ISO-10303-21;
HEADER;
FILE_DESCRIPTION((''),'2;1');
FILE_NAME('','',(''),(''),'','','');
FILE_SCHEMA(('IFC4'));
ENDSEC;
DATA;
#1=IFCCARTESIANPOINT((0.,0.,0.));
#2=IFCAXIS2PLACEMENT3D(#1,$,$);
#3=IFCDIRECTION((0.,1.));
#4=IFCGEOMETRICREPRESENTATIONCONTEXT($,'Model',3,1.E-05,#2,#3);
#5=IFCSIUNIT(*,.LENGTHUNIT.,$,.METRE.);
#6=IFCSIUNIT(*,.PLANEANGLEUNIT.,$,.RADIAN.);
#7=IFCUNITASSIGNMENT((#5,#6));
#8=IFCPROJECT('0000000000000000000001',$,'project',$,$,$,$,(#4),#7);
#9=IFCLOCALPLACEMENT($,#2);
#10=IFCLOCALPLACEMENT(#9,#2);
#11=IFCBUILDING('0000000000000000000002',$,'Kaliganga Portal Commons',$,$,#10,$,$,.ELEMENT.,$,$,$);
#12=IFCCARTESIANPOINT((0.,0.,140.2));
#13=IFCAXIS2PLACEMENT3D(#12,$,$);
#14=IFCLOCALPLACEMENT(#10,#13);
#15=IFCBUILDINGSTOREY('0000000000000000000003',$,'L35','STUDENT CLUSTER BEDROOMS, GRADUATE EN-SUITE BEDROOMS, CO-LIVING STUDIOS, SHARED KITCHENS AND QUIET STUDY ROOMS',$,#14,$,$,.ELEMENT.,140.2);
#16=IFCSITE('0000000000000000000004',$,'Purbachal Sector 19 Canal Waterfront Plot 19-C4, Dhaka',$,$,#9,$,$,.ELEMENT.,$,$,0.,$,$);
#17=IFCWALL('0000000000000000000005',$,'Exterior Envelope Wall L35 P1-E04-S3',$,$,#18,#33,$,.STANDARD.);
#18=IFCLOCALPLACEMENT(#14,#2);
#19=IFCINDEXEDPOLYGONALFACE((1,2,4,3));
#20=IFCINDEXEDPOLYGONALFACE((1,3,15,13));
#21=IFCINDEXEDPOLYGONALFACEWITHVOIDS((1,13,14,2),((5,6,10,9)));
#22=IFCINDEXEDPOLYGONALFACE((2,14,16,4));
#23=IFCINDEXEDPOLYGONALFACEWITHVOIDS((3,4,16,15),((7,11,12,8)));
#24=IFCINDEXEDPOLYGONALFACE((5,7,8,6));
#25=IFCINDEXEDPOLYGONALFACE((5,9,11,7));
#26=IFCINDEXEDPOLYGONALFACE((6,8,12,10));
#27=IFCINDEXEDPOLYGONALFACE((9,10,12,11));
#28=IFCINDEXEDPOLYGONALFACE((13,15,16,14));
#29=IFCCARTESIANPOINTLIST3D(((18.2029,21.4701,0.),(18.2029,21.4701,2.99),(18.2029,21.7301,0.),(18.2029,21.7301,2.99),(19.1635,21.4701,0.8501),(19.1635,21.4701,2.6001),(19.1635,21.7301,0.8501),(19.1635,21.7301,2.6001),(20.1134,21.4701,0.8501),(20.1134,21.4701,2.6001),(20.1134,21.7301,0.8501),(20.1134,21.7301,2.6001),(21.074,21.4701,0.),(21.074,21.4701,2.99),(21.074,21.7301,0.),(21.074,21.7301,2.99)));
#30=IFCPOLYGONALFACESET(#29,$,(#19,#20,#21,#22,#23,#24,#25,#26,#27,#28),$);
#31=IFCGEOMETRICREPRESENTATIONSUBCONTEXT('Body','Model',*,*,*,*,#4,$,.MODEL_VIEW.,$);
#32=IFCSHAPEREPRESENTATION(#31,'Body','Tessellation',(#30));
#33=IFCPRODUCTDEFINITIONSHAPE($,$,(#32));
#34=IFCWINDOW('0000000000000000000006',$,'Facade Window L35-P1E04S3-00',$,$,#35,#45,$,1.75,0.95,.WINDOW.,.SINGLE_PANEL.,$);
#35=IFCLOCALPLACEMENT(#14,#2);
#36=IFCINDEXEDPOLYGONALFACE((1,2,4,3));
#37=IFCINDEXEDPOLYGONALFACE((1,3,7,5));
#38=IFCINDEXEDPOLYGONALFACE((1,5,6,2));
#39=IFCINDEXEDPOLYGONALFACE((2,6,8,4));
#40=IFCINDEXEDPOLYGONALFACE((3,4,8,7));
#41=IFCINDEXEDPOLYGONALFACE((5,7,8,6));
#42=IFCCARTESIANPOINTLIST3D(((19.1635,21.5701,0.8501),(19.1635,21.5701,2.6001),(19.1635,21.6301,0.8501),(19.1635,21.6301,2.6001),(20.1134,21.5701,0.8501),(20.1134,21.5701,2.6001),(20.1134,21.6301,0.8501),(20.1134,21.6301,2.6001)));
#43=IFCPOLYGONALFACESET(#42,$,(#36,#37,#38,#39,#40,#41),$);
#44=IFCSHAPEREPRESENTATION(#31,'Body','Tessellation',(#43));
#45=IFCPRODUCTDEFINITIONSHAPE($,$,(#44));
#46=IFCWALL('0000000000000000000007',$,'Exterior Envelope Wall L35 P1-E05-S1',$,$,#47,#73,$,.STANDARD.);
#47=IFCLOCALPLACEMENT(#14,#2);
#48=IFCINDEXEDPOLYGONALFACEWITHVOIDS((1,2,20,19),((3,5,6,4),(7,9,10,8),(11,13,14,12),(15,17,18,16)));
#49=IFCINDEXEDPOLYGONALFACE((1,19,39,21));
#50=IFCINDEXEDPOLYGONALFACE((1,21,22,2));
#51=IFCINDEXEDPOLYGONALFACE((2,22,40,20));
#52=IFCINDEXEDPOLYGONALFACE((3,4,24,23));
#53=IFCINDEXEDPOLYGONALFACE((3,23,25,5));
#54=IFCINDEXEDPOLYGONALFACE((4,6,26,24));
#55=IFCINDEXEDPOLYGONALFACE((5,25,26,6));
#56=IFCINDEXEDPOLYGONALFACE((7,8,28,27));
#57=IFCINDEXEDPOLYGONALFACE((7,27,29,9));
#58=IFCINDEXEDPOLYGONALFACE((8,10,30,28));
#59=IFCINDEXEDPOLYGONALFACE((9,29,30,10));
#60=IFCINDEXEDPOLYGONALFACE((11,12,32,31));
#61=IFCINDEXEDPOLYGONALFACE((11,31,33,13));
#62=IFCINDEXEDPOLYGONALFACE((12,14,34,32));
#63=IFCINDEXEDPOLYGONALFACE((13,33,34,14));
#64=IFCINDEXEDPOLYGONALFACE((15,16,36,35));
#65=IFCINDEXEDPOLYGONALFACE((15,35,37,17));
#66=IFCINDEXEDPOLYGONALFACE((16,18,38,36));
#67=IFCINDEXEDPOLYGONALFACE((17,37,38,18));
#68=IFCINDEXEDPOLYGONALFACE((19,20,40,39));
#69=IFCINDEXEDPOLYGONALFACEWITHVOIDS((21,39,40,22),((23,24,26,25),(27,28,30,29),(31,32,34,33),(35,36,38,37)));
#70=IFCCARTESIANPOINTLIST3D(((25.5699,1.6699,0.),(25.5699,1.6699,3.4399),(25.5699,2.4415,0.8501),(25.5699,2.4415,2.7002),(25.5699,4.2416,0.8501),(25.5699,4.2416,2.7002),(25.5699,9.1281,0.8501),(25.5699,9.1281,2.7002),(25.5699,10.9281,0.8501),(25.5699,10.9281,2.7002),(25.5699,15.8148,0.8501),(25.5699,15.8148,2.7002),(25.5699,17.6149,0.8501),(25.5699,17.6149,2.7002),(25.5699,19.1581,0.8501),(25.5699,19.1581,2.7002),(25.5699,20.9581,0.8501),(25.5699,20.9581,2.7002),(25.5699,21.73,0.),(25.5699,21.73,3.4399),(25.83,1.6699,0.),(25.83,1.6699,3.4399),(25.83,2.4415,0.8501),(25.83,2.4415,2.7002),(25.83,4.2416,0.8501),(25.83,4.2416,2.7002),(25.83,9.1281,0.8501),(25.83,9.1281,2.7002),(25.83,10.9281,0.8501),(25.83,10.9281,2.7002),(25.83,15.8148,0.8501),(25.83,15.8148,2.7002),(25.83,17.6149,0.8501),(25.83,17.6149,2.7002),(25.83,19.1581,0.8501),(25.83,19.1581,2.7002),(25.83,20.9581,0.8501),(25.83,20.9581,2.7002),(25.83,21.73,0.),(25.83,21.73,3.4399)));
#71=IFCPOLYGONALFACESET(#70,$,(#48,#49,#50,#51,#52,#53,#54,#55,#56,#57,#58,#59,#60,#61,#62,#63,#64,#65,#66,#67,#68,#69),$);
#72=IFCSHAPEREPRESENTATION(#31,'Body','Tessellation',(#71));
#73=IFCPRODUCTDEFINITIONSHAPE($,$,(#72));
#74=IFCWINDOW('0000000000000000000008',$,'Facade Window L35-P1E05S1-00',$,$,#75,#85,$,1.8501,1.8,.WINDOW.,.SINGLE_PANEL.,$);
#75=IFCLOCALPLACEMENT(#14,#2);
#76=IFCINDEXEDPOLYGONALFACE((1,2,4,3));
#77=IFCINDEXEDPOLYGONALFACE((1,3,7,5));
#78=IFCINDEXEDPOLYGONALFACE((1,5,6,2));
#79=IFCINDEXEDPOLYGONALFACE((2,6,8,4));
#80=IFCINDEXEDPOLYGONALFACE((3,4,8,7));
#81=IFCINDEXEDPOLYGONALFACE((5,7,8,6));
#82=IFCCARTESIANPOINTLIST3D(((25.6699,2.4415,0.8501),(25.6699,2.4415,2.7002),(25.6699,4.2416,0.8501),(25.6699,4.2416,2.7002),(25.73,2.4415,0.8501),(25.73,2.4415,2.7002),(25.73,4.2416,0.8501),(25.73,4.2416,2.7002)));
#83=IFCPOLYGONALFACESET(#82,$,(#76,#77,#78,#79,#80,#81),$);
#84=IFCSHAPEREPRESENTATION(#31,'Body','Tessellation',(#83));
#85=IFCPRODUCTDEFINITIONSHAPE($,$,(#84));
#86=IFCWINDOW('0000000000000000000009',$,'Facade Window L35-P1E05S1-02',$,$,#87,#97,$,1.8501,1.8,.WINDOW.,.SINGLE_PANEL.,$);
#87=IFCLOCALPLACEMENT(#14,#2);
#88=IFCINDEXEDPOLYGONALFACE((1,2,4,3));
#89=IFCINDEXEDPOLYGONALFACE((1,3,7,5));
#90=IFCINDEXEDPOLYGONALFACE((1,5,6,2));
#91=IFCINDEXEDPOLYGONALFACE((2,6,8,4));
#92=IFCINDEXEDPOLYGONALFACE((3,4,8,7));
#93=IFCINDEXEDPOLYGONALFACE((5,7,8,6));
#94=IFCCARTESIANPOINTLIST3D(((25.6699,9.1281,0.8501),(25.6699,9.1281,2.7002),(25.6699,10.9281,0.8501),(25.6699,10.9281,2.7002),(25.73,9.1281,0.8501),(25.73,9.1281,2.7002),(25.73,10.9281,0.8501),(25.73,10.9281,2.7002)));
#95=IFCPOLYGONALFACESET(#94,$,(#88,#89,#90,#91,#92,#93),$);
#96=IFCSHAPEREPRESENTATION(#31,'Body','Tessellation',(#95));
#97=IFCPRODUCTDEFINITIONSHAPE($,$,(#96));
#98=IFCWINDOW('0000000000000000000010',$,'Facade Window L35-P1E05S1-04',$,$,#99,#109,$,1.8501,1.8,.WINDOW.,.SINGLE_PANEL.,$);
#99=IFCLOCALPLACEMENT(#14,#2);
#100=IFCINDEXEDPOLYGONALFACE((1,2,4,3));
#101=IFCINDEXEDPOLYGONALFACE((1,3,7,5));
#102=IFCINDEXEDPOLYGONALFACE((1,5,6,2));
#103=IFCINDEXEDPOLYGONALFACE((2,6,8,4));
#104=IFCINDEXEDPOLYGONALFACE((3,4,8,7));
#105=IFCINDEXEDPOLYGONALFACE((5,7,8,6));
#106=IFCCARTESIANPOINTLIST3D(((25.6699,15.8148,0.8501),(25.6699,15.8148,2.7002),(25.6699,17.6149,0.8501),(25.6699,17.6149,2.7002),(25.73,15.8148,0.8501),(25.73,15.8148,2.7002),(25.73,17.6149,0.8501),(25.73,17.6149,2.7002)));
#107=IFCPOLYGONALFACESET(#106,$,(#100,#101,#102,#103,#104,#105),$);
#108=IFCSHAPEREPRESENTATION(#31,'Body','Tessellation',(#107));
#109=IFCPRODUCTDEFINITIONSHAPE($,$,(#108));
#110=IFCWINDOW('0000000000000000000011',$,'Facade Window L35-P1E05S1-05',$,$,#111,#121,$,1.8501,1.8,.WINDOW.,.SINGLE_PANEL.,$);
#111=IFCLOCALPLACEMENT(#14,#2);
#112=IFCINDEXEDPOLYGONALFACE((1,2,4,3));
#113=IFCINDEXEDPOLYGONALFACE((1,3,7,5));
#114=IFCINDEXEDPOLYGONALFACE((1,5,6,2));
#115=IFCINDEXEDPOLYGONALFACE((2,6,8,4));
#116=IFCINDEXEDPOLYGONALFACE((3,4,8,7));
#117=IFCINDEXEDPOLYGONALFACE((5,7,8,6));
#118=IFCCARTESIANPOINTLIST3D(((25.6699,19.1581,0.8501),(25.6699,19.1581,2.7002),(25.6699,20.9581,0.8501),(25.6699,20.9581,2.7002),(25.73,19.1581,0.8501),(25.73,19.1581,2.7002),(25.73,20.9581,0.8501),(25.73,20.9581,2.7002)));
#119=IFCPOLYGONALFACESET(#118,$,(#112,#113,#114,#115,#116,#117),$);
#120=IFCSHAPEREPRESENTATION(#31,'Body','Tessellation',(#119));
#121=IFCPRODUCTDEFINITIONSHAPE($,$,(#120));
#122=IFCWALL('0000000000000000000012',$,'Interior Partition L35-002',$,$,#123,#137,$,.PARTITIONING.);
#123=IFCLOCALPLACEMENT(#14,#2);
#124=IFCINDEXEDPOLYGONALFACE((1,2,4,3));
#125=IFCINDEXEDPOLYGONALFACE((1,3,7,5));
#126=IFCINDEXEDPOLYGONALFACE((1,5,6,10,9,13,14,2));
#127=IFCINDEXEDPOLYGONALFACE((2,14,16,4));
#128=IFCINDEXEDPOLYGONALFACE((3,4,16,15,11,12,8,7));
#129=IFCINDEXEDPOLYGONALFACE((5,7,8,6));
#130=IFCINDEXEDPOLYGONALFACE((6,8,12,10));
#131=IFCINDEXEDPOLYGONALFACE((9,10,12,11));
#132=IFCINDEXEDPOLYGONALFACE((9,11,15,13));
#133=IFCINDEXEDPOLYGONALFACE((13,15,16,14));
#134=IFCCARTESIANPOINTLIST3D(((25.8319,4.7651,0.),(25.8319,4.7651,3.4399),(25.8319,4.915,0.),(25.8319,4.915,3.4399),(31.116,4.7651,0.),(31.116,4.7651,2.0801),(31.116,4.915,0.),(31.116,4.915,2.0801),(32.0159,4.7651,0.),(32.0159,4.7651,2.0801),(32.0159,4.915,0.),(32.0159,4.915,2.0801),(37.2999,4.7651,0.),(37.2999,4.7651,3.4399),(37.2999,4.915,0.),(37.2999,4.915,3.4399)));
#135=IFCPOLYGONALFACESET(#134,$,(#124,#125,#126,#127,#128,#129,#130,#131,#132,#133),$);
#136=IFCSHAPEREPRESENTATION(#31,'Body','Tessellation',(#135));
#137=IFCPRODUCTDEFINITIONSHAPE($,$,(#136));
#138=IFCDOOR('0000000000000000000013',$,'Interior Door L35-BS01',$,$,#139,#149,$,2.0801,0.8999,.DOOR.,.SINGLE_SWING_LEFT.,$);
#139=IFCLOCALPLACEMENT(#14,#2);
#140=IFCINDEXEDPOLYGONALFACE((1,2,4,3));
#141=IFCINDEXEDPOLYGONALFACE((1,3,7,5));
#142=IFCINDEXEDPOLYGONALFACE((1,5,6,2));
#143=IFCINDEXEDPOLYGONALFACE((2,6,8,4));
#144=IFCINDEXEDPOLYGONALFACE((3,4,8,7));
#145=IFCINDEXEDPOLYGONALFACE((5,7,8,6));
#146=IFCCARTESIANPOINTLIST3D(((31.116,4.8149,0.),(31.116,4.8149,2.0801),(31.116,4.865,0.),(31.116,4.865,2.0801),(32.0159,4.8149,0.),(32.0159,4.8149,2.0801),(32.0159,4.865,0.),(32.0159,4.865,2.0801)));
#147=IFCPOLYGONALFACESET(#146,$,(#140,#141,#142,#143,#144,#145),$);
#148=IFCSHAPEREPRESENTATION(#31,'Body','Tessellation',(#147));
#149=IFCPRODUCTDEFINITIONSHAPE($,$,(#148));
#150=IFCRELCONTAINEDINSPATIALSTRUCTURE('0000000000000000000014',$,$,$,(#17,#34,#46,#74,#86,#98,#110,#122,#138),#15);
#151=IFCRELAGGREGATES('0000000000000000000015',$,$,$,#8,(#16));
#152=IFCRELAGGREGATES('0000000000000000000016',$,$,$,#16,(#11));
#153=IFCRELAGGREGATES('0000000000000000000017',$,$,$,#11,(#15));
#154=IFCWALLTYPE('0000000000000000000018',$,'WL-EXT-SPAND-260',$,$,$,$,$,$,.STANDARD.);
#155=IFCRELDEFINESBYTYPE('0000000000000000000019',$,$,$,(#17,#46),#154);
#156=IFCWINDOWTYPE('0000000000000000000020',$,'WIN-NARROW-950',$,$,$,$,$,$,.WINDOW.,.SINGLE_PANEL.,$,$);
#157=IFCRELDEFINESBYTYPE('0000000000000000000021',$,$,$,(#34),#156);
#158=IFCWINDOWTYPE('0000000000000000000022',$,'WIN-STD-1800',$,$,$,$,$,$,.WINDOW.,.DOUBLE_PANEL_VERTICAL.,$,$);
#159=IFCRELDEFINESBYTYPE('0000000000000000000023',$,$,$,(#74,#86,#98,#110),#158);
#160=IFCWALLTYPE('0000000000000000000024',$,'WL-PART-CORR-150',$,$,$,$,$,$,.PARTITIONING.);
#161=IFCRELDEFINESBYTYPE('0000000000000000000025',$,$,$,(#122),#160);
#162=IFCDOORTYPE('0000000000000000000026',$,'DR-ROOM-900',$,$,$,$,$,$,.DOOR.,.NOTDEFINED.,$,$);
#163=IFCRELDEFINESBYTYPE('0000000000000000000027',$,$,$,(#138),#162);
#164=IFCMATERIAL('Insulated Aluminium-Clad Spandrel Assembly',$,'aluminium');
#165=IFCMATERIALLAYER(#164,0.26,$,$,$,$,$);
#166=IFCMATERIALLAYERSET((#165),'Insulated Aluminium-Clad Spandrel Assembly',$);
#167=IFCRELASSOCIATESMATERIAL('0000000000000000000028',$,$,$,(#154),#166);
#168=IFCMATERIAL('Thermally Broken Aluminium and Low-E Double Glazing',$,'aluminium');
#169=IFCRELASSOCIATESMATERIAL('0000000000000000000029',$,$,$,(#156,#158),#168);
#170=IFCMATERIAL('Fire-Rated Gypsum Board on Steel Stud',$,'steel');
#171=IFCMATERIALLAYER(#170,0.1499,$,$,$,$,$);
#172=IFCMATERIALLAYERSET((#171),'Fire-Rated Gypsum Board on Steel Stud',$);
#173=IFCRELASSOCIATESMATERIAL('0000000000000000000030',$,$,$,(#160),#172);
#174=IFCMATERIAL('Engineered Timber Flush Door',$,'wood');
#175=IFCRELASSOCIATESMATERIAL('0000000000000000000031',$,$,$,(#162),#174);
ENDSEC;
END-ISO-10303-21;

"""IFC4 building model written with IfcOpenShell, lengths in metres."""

from ifc_helpers import new_model, si_unit, direction, frame, frame_2d, origin, place, context, subcontext, project, spatial, rectangle, extrude, material, layer, layer_set, type_object, element, fill, save


model = new_model("IFC4")

# Units and contexts
model_context = context("Model", 3, precision=1e-05, world=origin(), true_north=direction((0.0, 1.0)))
body_context = subcontext(model_context, "Body", "Model", "MODEL_VIEW")
ifc_project = project(units=[si_unit("LENGTHUNIT", "METRE"), si_unit("PLANEANGLEUNIT", "RADIAN")], contexts=[model_context])

# Site, building, storey
site_placement = place(None, origin())
site = spatial("IfcSite", under=ifc_project, at=site_placement, Name="Purbachal Sector 19 Canal Waterfront Plot 19-C4, Dhaka", CompositionType="ELEMENT", RefElevation=0.0)
building_placement = place(site_placement, origin())
building = spatial("IfcBuilding", under=site, at=building_placement, Name="Kaliganga Portal Commons", CompositionType="ELEMENT")
storey_placement = place(building_placement, frame((0.0, 0.0, 140.2)))
storey = spatial("IfcBuildingStorey", under=building, at=storey_placement, Name="L35", Description="STUDENT CLUSTER BEDROOMS, GRADUATE EN-SUITE BEDROOMS, CO-LIVING STUDIOS, SHARED KITCHENS AND QUIET STUDY ROOMS", CompositionType="ELEMENT", Elevation=140.2)

# Wall, opening, window
ifc_material_1 = material(Name="Insulated Aluminium-Clad Spandrel Assembly", Category="aluminium")
ifc_layer_1 = layer(ifc_material_1, 0.26)
ifc_layer_set_1 = layer_set([ifc_layer_1], Name="Insulated Aluminium-Clad Spandrel Assembly")
wall_type_1 = type_object("IfcWallType", Name="WL-EXT-SPAND-260", PredefinedType="STANDARD", material=ifc_layer_set_1)
ifc_material_2 = material(Name="Thermally Broken Aluminium and Low-E Double Glazing", Category="aluminium")
window_type_1 = type_object("IfcWindowType", Name="WIN-NARROW-950", PartitioningType="SINGLE_PANEL", PredefinedType="WINDOW", material=ifc_material_2)
wall_1_placement = place(storey_placement, frame((21.074, 21.6001, 0.0), z_axis=(0.0, 0.0, 1.0), x_axis=(-1.0, 0.0, 0.0)))
wall_1 = element("IfcWall", 1, at=wall_1_placement, inside=storey, type_object=wall_type_1, Name="Exterior Envelope Wall L35 P1-E04-S3", PredefinedType="STANDARD", context=body_context, shape_type="SweptSolid", body=[
    extrude(rectangle(XDim=2.8711, YDim=0.26, at=frame_2d((1.4355, 0.0))), origin(), (0.0, 0.0, 1.0), 2.99),
])
opening_1_placement = place(wall_1_placement, frame((0.9604, 0.0, 0.8501)))
opening_1 = element("IfcOpeningElement", 2, at=opening_1_placement, cuts=wall_1, PredefinedType="OPENING", context=body_context, shape_type="SweptSolid", body=[
    extrude(rectangle(XDim=0.95, YDim=1.75, at=frame_2d((0.4751, 0.875))), frame((0.0, 0.1401, 0.0), z_axis=(0.0, -1.0, 0.0), x_axis=(1.0, 0.0, 0.0)), (0.0, 0.0, 1.0), 0.28),
])
window_1_placement = place(opening_1_placement, origin())
window_1 = element("IfcWindow", 3, at=window_1_placement, inside=storey, type_object=window_type_1, Name="Facade Window L35-P1E04S3-00", OverallHeight=1.75, OverallWidth=0.95, PartitioningType="SINGLE_PANEL", PredefinedType="WINDOW", context=body_context, shape_type="SweptSolid", body=[
    extrude(rectangle(XDim=0.95, YDim=1.75, at=frame_2d((0.4751, 0.875))), frame((0.0, 0.03, 0.0), z_axis=(0.0, -1.0, 0.0), x_axis=(1.0, 0.0, 0.0)), (0.0, 0.0, 1.0), 0.0601),
])
fill(opening_1, window_1)

# Wall, openings, windows
wall_2_placement = place(storey_placement, frame((25.7, 1.6699, 0.0), z_axis=(0.0, 0.0, 1.0), x_axis=(0.0, 1.0, 0.0)))
wall_2 = element("IfcWall", 4, at=wall_2_placement, inside=storey, type_object=wall_type_1, Name="Exterior Envelope Wall L35 P1-E05-S1", PredefinedType="STANDARD", context=body_context, shape_type="SweptSolid", body=[
    extrude(rectangle(XDim=20.0601, YDim=0.26, at=frame_2d((10.03, 0.0))), origin(), (0.0, 0.0, 1.0), 3.4399),
])
opening_2_placement = place(wall_2_placement, frame((0.7717, 0.0, 0.8501)))
opening_2 = element("IfcOpeningElement", 5, at=opening_2_placement, cuts=wall_2, PredefinedType="OPENING", context=body_context, shape_type="SweptSolid", body=[
    extrude(rectangle(XDim=1.8, YDim=1.8501, at=frame_2d((0.8999, 0.925))), frame((0.0, 0.1401, 0.0), z_axis=(0.0, -1.0, 0.0), x_axis=(1.0, 0.0, 0.0)), (0.0, 0.0, 1.0), 0.28),
])
opening_3_placement = place(wall_2_placement, frame((7.4583, 0.0, 0.8501)))
opening_3 = element("IfcOpeningElement", 6, at=opening_3_placement, cuts=wall_2, PredefinedType="OPENING", context=body_context, shape_type="SweptSolid", body=[
    extrude(rectangle(XDim=1.8, YDim=1.8501, at=frame_2d((0.8999, 0.925))), frame((0.0, 0.1401, 0.0), z_axis=(0.0, -1.0, 0.0), x_axis=(1.0, 0.0, 0.0)), (0.0, 0.0, 1.0), 0.28),
])
opening_4_placement = place(wall_2_placement, frame((14.145, 0.0, 0.8501)))
opening_4 = element("IfcOpeningElement", 7, at=opening_4_placement, cuts=wall_2, PredefinedType="OPENING", context=body_context, shape_type="SweptSolid", body=[
    extrude(rectangle(XDim=1.8, YDim=1.8501, at=frame_2d((0.8999, 0.925))), frame((0.0, 0.1401, 0.0), z_axis=(0.0, -1.0, 0.0), x_axis=(1.0, 0.0, 0.0)), (0.0, 0.0, 1.0), 0.28),
])
opening_5_placement = place(wall_2_placement, frame((17.4883, 0.0, 0.8501)))
opening_5 = element("IfcOpeningElement", 8, at=opening_5_placement, cuts=wall_2, PredefinedType="OPENING", context=body_context, shape_type="SweptSolid", body=[
    extrude(rectangle(XDim=1.8, YDim=1.8501, at=frame_2d((0.8999, 0.925))), frame((0.0, 0.1401, 0.0), z_axis=(0.0, -1.0, 0.0), x_axis=(1.0, 0.0, 0.0)), (0.0, 0.0, 1.0), 0.28),
])
window_type_2 = type_object("IfcWindowType", Name="WIN-STD-1800", PartitioningType="DOUBLE_PANEL_VERTICAL", PredefinedType="WINDOW", material=ifc_material_2)
window_2_placement = place(opening_2_placement, origin())
window_2 = element("IfcWindow", 9, at=window_2_placement, inside=storey, type_object=window_type_2, Name="Facade Window L35-P1E05S1-00", OverallHeight=1.8501, OverallWidth=1.8, PartitioningType="SINGLE_PANEL", PredefinedType="WINDOW", context=body_context, shape_type="SweptSolid", body=[
    extrude(rectangle(XDim=1.8, YDim=1.8501, at=frame_2d((0.8999, 0.925))), frame((0.0, 0.03, 0.0), z_axis=(0.0, -1.0, 0.0), x_axis=(1.0, 0.0, 0.0)), (0.0, 0.0, 1.0), 0.0601),
])
fill(opening_2, window_2)
window_3_placement = place(opening_3_placement, origin())
window_3 = element("IfcWindow", 10, at=window_3_placement, inside=storey, type_object=window_type_2, Name="Facade Window L35-P1E05S1-02", OverallHeight=1.8501, OverallWidth=1.8, PartitioningType="SINGLE_PANEL", PredefinedType="WINDOW", context=body_context, shape_type="SweptSolid", body=[
    extrude(rectangle(XDim=1.8, YDim=1.8501, at=frame_2d((0.8999, 0.925))), frame((0.0, 0.03, 0.0), z_axis=(0.0, -1.0, 0.0), x_axis=(1.0, 0.0, 0.0)), (0.0, 0.0, 1.0), 0.0601),
])
fill(opening_3, window_3)
window_4_placement = place(opening_4_placement, origin())
window_4 = element("IfcWindow", 11, at=window_4_placement, inside=storey, type_object=window_type_2, Name="Facade Window L35-P1E05S1-04", OverallHeight=1.8501, OverallWidth=1.8, PartitioningType="SINGLE_PANEL", PredefinedType="WINDOW", context=body_context, shape_type="SweptSolid", body=[
    extrude(rectangle(XDim=1.8, YDim=1.8501, at=frame_2d((0.8999, 0.925))), frame((0.0, 0.03, 0.0), z_axis=(0.0, -1.0, 0.0), x_axis=(1.0, 0.0, 0.0)), (0.0, 0.0, 1.0), 0.0601),
])
fill(opening_4, window_4)
window_5_placement = place(opening_5_placement, origin())
window_5 = element("IfcWindow", 12, at=window_5_placement, inside=storey, type_object=window_type_2, Name="Facade Window L35-P1E05S1-05", OverallHeight=1.8501, OverallWidth=1.8, PartitioningType="SINGLE_PANEL", PredefinedType="WINDOW", context=body_context, shape_type="SweptSolid", body=[
    extrude(rectangle(XDim=1.8, YDim=1.8501, at=frame_2d((0.8999, 0.925))), frame((0.0, 0.03, 0.0), z_axis=(0.0, -1.0, 0.0), x_axis=(1.0, 0.0, 0.0)), (0.0, 0.0, 1.0), 0.0601),
])
fill(opening_5, window_5)

# Wall, opening, door
ifc_material_3 = material(Name="Fire-Rated Gypsum Board on Steel Stud", Category="steel")
ifc_layer_2 = layer(ifc_material_3, 0.1499)
ifc_layer_set_2 = layer_set([ifc_layer_2], Name="Fire-Rated Gypsum Board on Steel Stud")
wall_type_2 = type_object("IfcWallType", Name="WL-PART-CORR-150", PredefinedType="PARTITIONING", material=ifc_layer_set_2)
wall_3_placement = place(storey_placement, frame((25.832, 4.8401, 0.0), z_axis=(0.0, 0.0, 1.0), x_axis=(1.0, 0.0, 0.0)))
wall_3 = element("IfcWall", 13, at=wall_3_placement, inside=storey, type_object=wall_type_2, Name="Interior Partition L35-002", PredefinedType="PARTITIONING", context=body_context, shape_type="SweptSolid", body=[
    extrude(rectangle(XDim=11.468, YDim=0.1499, at=frame_2d((5.7339, 0.0))), origin(), (0.0, 0.0, 1.0), 3.4399),
])
opening_6_placement = place(wall_3_placement, frame((5.2839, 0.0, 0.0)))
opening_6 = element("IfcOpeningElement", 14, at=opening_6_placement, cuts=wall_3, PredefinedType="OPENING", context=body_context, shape_type="SweptSolid", body=[
    extrude(rectangle(XDim=0.8999, YDim=2.0801, at=frame_2d((0.45, 1.04))), frame((0.0, 0.085, 0.0), z_axis=(0.0, -1.0, 0.0), x_axis=(1.0, 0.0, 0.0)), (0.0, 0.0, 1.0), 0.1699),
])
ifc_material_4 = material(Name="Engineered Timber Flush Door", Category="wood")
door_type = type_object("IfcDoorType", Name="DR-ROOM-900", OperationType="NOTDEFINED", PredefinedType="DOOR", material=ifc_material_4)
door_placement = place(opening_6_placement, origin())
door = element("IfcDoor", 15, at=door_placement, inside=storey, type_object=door_type, Name="Interior Door L35-BS01", OperationType="SINGLE_SWING_LEFT", OverallHeight=2.0801, OverallWidth=0.8999, PredefinedType="DOOR", context=body_context, shape_type="SweptSolid", body=[
    extrude(rectangle(XDim=0.8999, YDim=2.0801, at=frame_2d((0.45, 1.04))), frame((0.0, 0.0249, 0.0), z_axis=(0.0, -1.0, 0.0), x_axis=(1.0, 0.0, 0.0)), (0.0, 0.0, 1.0), 0.05),
])
fill(opening_6, door)

save(model, "model.ifc")
